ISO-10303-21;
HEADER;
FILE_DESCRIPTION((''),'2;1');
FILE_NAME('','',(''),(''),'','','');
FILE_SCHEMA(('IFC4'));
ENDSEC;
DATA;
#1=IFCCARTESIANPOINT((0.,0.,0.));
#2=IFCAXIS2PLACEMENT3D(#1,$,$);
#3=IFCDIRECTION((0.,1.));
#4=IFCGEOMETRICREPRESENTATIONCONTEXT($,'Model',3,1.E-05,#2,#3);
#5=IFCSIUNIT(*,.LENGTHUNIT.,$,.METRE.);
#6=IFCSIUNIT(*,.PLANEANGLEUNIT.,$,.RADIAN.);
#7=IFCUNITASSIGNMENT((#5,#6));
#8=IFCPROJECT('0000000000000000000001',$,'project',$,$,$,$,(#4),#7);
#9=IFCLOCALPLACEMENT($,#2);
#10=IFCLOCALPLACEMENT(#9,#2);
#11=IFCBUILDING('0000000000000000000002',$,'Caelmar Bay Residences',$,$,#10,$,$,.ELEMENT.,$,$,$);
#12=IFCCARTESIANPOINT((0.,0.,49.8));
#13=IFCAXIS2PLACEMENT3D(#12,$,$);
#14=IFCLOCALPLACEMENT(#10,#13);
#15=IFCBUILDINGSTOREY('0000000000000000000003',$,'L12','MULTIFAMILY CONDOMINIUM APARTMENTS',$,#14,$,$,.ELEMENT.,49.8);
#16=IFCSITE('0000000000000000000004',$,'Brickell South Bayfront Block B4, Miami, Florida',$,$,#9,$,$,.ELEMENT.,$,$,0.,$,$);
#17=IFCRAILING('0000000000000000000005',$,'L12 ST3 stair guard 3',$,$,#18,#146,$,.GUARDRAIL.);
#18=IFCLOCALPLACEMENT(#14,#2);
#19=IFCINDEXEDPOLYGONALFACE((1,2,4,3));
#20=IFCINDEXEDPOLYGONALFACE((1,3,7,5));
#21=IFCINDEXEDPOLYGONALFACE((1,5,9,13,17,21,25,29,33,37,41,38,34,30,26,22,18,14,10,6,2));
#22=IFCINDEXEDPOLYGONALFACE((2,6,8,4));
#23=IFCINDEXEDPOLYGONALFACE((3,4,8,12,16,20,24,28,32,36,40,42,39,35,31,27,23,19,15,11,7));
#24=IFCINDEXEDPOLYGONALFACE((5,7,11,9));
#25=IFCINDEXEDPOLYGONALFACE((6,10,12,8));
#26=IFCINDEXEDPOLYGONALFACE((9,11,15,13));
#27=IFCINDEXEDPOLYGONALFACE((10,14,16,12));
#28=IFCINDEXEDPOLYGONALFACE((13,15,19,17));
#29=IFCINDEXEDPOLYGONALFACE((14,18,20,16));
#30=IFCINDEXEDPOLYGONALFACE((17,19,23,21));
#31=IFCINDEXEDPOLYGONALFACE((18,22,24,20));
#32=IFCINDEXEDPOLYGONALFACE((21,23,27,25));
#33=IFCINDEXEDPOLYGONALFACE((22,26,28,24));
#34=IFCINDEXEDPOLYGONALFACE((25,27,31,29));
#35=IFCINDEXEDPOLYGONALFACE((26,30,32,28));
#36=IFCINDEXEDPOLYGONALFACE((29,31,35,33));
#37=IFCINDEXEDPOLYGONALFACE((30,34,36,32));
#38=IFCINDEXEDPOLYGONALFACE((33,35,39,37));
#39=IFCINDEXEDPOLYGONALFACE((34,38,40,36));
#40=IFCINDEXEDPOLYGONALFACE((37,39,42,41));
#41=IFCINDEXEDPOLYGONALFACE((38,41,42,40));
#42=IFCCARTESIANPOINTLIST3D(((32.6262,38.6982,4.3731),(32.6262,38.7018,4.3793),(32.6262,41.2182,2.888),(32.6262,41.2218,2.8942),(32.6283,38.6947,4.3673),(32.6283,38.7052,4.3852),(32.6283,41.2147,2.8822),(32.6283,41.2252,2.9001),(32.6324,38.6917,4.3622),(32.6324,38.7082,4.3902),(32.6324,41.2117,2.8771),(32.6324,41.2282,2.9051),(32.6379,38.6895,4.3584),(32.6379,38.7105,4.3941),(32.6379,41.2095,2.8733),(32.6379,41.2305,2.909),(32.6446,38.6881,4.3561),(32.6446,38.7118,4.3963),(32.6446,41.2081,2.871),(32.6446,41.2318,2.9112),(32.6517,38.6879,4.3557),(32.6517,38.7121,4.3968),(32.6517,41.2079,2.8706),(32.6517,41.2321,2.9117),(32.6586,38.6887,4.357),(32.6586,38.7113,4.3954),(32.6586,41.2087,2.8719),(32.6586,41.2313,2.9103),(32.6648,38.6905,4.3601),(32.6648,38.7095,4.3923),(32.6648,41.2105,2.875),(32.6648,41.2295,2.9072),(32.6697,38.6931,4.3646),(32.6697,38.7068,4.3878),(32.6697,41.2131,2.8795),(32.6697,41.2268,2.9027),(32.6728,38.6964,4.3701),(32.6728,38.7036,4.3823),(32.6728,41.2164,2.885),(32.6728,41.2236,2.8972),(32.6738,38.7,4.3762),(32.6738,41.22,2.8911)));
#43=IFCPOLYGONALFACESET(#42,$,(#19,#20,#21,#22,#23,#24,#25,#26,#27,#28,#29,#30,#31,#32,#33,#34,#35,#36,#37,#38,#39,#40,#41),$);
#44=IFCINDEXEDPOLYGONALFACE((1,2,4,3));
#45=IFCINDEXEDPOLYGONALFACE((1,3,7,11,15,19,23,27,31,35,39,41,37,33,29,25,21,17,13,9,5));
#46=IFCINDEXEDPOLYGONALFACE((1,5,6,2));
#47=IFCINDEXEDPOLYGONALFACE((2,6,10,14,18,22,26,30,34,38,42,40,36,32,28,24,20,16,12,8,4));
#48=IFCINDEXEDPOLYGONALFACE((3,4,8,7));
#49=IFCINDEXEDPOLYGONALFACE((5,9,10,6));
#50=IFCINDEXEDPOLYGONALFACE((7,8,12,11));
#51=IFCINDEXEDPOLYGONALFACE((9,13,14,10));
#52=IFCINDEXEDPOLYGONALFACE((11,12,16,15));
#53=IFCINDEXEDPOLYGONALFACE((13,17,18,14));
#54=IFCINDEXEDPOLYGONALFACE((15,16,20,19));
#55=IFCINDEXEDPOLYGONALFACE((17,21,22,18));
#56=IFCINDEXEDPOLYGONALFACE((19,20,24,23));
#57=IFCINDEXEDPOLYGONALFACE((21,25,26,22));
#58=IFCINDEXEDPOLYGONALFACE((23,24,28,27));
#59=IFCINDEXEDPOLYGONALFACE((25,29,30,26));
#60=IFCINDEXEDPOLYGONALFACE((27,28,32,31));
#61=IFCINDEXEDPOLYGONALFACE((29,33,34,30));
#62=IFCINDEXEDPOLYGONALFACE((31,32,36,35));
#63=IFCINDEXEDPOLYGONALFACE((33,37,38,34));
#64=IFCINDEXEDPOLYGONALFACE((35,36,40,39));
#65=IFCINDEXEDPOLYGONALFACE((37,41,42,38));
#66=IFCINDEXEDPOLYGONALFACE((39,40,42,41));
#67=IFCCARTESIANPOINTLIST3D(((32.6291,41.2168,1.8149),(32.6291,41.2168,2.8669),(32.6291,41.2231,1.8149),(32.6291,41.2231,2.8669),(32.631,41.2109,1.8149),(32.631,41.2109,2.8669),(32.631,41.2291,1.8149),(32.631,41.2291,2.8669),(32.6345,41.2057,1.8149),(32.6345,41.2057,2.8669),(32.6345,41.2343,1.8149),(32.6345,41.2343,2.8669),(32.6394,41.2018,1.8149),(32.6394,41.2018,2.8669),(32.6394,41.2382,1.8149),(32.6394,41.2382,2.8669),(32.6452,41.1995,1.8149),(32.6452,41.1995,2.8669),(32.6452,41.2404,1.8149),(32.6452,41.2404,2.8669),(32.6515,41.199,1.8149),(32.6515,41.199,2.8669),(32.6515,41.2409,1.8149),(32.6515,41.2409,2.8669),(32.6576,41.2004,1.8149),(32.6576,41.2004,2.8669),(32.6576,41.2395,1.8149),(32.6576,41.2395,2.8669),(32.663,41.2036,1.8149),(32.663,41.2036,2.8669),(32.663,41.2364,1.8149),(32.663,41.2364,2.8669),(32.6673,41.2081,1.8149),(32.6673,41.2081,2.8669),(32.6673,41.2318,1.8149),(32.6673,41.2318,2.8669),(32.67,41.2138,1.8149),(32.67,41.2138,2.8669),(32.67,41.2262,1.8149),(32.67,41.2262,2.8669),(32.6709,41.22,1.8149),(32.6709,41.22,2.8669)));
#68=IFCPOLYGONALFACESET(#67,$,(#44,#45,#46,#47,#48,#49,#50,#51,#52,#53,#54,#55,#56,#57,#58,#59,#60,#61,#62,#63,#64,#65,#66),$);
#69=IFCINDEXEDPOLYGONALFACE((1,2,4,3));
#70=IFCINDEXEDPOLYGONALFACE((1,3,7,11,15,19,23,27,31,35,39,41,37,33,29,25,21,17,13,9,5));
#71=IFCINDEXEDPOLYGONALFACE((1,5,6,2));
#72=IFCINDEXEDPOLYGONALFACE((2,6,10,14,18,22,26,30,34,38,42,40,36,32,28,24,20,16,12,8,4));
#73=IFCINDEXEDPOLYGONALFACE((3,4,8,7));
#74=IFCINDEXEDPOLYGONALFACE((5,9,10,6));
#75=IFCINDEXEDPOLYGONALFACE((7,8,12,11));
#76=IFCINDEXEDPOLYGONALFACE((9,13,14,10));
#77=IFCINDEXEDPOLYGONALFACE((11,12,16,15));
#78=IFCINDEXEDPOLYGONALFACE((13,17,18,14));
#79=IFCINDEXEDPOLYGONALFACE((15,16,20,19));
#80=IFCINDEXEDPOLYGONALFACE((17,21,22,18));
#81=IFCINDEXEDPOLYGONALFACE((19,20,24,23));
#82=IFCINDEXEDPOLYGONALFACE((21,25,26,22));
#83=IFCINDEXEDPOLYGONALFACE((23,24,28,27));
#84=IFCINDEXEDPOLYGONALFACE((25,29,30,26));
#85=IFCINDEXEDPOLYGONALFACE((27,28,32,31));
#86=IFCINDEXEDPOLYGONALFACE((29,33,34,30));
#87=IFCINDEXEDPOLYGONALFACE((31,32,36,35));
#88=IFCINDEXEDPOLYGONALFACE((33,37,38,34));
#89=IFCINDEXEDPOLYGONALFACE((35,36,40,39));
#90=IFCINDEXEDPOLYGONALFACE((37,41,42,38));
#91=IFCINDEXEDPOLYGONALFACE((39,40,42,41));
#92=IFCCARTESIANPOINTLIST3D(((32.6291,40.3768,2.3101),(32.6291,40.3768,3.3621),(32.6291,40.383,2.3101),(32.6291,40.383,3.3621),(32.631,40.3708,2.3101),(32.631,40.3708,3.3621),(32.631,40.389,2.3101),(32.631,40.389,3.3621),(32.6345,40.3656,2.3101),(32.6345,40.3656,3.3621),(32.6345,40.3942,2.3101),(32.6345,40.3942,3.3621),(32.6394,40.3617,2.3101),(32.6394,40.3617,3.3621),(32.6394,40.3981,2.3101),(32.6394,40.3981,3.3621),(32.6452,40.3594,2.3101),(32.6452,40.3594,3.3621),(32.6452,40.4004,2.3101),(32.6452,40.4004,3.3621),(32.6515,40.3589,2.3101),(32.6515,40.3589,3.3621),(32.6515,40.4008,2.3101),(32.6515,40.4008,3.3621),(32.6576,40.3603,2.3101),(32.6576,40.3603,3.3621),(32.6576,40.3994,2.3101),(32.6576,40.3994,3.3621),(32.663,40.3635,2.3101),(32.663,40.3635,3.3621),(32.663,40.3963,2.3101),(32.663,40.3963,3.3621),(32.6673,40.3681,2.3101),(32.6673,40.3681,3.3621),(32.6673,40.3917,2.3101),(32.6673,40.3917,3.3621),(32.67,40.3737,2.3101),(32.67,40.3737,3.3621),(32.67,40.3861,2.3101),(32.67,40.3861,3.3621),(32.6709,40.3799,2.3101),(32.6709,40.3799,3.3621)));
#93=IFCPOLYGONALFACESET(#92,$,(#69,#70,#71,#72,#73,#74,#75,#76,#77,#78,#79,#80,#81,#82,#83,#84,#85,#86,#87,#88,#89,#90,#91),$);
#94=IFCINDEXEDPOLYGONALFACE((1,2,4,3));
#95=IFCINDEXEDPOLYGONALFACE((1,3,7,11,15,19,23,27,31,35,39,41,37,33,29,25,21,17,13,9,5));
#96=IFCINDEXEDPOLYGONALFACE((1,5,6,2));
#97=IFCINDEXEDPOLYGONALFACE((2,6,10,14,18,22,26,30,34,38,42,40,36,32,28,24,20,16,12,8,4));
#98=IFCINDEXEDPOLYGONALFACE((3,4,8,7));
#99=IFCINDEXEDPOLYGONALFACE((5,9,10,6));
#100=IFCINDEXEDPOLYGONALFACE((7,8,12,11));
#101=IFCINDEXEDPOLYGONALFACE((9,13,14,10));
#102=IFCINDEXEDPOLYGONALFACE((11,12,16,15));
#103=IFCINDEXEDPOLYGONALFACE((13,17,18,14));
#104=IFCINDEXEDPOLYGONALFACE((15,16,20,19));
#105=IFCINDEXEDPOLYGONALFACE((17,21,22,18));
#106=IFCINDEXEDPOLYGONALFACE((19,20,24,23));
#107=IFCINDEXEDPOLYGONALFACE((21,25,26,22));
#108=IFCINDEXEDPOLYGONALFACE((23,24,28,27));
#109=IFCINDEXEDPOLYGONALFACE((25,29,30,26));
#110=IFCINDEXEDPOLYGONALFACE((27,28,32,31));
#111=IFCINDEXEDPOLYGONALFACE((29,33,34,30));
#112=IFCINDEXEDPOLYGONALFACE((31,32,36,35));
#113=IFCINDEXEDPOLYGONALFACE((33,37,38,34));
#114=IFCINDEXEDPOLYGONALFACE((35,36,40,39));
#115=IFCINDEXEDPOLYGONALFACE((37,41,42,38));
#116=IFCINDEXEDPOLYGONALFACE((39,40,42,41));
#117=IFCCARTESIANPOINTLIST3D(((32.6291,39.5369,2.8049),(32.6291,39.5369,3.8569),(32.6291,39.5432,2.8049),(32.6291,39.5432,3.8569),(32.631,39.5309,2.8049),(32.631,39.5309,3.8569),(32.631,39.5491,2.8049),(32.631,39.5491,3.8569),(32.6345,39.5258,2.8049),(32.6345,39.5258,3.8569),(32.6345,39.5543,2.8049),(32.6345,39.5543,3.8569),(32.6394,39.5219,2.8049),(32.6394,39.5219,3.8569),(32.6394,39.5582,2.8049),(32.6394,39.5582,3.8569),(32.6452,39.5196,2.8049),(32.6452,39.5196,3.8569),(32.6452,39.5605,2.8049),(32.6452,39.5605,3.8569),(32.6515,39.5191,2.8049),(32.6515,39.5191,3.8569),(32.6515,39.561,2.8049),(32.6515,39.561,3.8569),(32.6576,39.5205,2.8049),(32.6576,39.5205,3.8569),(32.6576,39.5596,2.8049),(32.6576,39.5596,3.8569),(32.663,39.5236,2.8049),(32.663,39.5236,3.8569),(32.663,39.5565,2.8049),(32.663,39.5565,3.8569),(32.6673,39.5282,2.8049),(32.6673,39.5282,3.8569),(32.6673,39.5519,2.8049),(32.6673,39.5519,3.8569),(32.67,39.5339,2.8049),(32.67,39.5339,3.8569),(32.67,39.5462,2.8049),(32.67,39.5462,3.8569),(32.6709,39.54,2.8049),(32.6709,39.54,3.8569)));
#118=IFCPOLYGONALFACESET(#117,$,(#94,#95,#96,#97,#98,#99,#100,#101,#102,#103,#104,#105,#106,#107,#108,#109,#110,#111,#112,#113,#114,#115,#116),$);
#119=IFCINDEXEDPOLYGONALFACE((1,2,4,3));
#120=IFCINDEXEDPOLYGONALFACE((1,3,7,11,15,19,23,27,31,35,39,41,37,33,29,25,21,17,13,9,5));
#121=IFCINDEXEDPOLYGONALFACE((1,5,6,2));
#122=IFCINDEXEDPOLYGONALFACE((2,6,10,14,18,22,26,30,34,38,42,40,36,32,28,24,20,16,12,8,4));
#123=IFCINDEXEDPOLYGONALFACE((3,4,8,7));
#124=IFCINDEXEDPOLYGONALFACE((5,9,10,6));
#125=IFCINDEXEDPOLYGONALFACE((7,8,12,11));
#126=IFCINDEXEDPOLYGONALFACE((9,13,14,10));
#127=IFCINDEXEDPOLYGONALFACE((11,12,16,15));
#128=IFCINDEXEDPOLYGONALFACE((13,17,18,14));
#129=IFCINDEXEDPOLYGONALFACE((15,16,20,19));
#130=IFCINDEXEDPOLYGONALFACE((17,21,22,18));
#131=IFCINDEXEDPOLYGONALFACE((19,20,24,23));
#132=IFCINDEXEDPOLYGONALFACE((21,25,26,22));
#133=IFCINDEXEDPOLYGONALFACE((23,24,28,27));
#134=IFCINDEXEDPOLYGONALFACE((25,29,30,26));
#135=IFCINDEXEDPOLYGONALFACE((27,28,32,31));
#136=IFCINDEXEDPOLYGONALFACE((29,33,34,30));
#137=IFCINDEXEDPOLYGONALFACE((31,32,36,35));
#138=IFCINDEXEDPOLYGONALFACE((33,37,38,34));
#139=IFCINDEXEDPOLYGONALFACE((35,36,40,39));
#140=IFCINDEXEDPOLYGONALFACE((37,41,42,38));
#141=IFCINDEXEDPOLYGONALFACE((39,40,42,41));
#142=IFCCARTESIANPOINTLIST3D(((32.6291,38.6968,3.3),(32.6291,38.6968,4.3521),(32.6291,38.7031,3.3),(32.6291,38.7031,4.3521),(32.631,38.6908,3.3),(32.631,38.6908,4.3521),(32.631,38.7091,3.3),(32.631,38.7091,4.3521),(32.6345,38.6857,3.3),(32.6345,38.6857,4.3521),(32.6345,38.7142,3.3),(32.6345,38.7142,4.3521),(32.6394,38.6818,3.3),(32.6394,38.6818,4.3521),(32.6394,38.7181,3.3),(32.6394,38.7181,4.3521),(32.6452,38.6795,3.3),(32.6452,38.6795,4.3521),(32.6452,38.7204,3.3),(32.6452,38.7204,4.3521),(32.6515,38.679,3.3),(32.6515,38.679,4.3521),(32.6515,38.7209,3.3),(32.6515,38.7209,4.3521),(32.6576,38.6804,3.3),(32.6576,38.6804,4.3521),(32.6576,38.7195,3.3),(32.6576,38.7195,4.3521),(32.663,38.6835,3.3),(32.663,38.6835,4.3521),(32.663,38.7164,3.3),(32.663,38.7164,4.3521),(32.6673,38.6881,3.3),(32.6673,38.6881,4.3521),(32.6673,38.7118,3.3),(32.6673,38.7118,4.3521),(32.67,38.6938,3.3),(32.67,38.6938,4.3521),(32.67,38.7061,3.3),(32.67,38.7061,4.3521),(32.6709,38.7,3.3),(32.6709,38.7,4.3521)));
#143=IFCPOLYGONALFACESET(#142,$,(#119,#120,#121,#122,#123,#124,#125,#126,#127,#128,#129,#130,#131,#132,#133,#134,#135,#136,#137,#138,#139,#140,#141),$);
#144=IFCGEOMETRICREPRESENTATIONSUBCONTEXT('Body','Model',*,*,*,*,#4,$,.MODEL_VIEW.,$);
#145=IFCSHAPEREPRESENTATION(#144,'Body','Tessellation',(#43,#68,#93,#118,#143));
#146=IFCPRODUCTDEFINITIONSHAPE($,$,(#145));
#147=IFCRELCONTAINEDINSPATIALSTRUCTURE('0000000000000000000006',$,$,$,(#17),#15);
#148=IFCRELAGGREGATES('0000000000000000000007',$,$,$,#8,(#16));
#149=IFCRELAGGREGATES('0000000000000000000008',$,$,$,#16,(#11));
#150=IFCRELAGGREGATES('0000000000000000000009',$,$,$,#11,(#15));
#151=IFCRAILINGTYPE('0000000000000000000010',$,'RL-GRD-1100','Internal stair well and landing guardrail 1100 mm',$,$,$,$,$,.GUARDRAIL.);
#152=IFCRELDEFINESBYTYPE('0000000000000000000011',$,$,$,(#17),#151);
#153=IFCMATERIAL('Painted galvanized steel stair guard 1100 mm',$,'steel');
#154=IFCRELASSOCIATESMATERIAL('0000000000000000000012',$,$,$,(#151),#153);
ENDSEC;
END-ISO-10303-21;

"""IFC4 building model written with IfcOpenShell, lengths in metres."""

from ifc_helpers import new_model, si_unit, direction, frame, origin, origin_2d, place, context, subcontext, project, spatial, circle, extrude, material, type_object, element, save


model = new_model("IFC4")

# Units and contexts
model_context = context("Model", 3, precision=1e-05, world=origin(), true_north=direction((0.0, 1.0)))
body_context = subcontext(model_context, "Body", "Model", "MODEL_VIEW")
ifc_project = project(units=[si_unit("LENGTHUNIT", "METRE"), si_unit("PLANEANGLEUNIT", "RADIAN")], contexts=[model_context])

# Site, building, storey
site_placement = place(None, origin())
site = spatial("IfcSite", under=ifc_project, at=site_placement, Name="Brickell South Bayfront Block B4, Miami, Florida", CompositionType="ELEMENT", RefElevation=0.0)
building_placement = place(site_placement, origin())
building = spatial("IfcBuilding", under=site, at=building_placement, Name="Caelmar Bay Residences", CompositionType="ELEMENT")
storey_placement = place(building_placement, frame((0.0, 0.0, 49.8)))
storey = spatial("IfcBuildingStorey", under=building, at=storey_placement, Name="L12", Description="MULTIFAMILY CONDOMINIUM APARTMENTS", CompositionType="ELEMENT", Elevation=49.8)

# Railing
ifc_material_1 = material(Name="Painted galvanized steel stair guard 1100 mm", Category="steel")
railing_type_1 = type_object("IfcRailingType", Name="RL-GRD-1100", Description="Internal stair well and landing guardrail 1100 mm", PredefinedType="GUARDRAIL", material=ifc_material_1)
railing_1_placement = place(storey_placement, frame((32.6499, 41.22, 1.8149)))
element("IfcRailing", 1, at=railing_1_placement, inside=storey, type_object=railing_type_1, Name="L12 ST3 stair guard 3", PredefinedType="GUARDRAIL", context=body_context, shape_type="SweptSolid", body=[
    extrude(circle(Radius=0.0239, at=origin_2d()), frame((0.0, 0.0, 1.0762), z_axis=(0.0, -0.861524, 0.507717), x_axis=(1.0, 0.0, 0.0)), (0.0, 0.0, 1.0), 2.925),
    extrude(circle(Radius=0.021, at=origin_2d()), origin(), (0.0, 0.0, 1.0), 1.052),
    extrude(circle(Radius=0.021, at=origin_2d()), frame((0.0, -0.8401, 0.4951)), (0.0, 0.0, 1.0), 1.052),
    extrude(circle(Radius=0.021, at=origin_2d()), frame((0.0, -1.6799, 0.99)), (0.0, 0.0, 1.0), 1.052),
    extrude(circle(Radius=0.021, at=origin_2d()), frame((0.0, -2.52, 1.4851)), (0.0, 0.0, 1.0), 1.052),
])

save(model, "model.ifc")
